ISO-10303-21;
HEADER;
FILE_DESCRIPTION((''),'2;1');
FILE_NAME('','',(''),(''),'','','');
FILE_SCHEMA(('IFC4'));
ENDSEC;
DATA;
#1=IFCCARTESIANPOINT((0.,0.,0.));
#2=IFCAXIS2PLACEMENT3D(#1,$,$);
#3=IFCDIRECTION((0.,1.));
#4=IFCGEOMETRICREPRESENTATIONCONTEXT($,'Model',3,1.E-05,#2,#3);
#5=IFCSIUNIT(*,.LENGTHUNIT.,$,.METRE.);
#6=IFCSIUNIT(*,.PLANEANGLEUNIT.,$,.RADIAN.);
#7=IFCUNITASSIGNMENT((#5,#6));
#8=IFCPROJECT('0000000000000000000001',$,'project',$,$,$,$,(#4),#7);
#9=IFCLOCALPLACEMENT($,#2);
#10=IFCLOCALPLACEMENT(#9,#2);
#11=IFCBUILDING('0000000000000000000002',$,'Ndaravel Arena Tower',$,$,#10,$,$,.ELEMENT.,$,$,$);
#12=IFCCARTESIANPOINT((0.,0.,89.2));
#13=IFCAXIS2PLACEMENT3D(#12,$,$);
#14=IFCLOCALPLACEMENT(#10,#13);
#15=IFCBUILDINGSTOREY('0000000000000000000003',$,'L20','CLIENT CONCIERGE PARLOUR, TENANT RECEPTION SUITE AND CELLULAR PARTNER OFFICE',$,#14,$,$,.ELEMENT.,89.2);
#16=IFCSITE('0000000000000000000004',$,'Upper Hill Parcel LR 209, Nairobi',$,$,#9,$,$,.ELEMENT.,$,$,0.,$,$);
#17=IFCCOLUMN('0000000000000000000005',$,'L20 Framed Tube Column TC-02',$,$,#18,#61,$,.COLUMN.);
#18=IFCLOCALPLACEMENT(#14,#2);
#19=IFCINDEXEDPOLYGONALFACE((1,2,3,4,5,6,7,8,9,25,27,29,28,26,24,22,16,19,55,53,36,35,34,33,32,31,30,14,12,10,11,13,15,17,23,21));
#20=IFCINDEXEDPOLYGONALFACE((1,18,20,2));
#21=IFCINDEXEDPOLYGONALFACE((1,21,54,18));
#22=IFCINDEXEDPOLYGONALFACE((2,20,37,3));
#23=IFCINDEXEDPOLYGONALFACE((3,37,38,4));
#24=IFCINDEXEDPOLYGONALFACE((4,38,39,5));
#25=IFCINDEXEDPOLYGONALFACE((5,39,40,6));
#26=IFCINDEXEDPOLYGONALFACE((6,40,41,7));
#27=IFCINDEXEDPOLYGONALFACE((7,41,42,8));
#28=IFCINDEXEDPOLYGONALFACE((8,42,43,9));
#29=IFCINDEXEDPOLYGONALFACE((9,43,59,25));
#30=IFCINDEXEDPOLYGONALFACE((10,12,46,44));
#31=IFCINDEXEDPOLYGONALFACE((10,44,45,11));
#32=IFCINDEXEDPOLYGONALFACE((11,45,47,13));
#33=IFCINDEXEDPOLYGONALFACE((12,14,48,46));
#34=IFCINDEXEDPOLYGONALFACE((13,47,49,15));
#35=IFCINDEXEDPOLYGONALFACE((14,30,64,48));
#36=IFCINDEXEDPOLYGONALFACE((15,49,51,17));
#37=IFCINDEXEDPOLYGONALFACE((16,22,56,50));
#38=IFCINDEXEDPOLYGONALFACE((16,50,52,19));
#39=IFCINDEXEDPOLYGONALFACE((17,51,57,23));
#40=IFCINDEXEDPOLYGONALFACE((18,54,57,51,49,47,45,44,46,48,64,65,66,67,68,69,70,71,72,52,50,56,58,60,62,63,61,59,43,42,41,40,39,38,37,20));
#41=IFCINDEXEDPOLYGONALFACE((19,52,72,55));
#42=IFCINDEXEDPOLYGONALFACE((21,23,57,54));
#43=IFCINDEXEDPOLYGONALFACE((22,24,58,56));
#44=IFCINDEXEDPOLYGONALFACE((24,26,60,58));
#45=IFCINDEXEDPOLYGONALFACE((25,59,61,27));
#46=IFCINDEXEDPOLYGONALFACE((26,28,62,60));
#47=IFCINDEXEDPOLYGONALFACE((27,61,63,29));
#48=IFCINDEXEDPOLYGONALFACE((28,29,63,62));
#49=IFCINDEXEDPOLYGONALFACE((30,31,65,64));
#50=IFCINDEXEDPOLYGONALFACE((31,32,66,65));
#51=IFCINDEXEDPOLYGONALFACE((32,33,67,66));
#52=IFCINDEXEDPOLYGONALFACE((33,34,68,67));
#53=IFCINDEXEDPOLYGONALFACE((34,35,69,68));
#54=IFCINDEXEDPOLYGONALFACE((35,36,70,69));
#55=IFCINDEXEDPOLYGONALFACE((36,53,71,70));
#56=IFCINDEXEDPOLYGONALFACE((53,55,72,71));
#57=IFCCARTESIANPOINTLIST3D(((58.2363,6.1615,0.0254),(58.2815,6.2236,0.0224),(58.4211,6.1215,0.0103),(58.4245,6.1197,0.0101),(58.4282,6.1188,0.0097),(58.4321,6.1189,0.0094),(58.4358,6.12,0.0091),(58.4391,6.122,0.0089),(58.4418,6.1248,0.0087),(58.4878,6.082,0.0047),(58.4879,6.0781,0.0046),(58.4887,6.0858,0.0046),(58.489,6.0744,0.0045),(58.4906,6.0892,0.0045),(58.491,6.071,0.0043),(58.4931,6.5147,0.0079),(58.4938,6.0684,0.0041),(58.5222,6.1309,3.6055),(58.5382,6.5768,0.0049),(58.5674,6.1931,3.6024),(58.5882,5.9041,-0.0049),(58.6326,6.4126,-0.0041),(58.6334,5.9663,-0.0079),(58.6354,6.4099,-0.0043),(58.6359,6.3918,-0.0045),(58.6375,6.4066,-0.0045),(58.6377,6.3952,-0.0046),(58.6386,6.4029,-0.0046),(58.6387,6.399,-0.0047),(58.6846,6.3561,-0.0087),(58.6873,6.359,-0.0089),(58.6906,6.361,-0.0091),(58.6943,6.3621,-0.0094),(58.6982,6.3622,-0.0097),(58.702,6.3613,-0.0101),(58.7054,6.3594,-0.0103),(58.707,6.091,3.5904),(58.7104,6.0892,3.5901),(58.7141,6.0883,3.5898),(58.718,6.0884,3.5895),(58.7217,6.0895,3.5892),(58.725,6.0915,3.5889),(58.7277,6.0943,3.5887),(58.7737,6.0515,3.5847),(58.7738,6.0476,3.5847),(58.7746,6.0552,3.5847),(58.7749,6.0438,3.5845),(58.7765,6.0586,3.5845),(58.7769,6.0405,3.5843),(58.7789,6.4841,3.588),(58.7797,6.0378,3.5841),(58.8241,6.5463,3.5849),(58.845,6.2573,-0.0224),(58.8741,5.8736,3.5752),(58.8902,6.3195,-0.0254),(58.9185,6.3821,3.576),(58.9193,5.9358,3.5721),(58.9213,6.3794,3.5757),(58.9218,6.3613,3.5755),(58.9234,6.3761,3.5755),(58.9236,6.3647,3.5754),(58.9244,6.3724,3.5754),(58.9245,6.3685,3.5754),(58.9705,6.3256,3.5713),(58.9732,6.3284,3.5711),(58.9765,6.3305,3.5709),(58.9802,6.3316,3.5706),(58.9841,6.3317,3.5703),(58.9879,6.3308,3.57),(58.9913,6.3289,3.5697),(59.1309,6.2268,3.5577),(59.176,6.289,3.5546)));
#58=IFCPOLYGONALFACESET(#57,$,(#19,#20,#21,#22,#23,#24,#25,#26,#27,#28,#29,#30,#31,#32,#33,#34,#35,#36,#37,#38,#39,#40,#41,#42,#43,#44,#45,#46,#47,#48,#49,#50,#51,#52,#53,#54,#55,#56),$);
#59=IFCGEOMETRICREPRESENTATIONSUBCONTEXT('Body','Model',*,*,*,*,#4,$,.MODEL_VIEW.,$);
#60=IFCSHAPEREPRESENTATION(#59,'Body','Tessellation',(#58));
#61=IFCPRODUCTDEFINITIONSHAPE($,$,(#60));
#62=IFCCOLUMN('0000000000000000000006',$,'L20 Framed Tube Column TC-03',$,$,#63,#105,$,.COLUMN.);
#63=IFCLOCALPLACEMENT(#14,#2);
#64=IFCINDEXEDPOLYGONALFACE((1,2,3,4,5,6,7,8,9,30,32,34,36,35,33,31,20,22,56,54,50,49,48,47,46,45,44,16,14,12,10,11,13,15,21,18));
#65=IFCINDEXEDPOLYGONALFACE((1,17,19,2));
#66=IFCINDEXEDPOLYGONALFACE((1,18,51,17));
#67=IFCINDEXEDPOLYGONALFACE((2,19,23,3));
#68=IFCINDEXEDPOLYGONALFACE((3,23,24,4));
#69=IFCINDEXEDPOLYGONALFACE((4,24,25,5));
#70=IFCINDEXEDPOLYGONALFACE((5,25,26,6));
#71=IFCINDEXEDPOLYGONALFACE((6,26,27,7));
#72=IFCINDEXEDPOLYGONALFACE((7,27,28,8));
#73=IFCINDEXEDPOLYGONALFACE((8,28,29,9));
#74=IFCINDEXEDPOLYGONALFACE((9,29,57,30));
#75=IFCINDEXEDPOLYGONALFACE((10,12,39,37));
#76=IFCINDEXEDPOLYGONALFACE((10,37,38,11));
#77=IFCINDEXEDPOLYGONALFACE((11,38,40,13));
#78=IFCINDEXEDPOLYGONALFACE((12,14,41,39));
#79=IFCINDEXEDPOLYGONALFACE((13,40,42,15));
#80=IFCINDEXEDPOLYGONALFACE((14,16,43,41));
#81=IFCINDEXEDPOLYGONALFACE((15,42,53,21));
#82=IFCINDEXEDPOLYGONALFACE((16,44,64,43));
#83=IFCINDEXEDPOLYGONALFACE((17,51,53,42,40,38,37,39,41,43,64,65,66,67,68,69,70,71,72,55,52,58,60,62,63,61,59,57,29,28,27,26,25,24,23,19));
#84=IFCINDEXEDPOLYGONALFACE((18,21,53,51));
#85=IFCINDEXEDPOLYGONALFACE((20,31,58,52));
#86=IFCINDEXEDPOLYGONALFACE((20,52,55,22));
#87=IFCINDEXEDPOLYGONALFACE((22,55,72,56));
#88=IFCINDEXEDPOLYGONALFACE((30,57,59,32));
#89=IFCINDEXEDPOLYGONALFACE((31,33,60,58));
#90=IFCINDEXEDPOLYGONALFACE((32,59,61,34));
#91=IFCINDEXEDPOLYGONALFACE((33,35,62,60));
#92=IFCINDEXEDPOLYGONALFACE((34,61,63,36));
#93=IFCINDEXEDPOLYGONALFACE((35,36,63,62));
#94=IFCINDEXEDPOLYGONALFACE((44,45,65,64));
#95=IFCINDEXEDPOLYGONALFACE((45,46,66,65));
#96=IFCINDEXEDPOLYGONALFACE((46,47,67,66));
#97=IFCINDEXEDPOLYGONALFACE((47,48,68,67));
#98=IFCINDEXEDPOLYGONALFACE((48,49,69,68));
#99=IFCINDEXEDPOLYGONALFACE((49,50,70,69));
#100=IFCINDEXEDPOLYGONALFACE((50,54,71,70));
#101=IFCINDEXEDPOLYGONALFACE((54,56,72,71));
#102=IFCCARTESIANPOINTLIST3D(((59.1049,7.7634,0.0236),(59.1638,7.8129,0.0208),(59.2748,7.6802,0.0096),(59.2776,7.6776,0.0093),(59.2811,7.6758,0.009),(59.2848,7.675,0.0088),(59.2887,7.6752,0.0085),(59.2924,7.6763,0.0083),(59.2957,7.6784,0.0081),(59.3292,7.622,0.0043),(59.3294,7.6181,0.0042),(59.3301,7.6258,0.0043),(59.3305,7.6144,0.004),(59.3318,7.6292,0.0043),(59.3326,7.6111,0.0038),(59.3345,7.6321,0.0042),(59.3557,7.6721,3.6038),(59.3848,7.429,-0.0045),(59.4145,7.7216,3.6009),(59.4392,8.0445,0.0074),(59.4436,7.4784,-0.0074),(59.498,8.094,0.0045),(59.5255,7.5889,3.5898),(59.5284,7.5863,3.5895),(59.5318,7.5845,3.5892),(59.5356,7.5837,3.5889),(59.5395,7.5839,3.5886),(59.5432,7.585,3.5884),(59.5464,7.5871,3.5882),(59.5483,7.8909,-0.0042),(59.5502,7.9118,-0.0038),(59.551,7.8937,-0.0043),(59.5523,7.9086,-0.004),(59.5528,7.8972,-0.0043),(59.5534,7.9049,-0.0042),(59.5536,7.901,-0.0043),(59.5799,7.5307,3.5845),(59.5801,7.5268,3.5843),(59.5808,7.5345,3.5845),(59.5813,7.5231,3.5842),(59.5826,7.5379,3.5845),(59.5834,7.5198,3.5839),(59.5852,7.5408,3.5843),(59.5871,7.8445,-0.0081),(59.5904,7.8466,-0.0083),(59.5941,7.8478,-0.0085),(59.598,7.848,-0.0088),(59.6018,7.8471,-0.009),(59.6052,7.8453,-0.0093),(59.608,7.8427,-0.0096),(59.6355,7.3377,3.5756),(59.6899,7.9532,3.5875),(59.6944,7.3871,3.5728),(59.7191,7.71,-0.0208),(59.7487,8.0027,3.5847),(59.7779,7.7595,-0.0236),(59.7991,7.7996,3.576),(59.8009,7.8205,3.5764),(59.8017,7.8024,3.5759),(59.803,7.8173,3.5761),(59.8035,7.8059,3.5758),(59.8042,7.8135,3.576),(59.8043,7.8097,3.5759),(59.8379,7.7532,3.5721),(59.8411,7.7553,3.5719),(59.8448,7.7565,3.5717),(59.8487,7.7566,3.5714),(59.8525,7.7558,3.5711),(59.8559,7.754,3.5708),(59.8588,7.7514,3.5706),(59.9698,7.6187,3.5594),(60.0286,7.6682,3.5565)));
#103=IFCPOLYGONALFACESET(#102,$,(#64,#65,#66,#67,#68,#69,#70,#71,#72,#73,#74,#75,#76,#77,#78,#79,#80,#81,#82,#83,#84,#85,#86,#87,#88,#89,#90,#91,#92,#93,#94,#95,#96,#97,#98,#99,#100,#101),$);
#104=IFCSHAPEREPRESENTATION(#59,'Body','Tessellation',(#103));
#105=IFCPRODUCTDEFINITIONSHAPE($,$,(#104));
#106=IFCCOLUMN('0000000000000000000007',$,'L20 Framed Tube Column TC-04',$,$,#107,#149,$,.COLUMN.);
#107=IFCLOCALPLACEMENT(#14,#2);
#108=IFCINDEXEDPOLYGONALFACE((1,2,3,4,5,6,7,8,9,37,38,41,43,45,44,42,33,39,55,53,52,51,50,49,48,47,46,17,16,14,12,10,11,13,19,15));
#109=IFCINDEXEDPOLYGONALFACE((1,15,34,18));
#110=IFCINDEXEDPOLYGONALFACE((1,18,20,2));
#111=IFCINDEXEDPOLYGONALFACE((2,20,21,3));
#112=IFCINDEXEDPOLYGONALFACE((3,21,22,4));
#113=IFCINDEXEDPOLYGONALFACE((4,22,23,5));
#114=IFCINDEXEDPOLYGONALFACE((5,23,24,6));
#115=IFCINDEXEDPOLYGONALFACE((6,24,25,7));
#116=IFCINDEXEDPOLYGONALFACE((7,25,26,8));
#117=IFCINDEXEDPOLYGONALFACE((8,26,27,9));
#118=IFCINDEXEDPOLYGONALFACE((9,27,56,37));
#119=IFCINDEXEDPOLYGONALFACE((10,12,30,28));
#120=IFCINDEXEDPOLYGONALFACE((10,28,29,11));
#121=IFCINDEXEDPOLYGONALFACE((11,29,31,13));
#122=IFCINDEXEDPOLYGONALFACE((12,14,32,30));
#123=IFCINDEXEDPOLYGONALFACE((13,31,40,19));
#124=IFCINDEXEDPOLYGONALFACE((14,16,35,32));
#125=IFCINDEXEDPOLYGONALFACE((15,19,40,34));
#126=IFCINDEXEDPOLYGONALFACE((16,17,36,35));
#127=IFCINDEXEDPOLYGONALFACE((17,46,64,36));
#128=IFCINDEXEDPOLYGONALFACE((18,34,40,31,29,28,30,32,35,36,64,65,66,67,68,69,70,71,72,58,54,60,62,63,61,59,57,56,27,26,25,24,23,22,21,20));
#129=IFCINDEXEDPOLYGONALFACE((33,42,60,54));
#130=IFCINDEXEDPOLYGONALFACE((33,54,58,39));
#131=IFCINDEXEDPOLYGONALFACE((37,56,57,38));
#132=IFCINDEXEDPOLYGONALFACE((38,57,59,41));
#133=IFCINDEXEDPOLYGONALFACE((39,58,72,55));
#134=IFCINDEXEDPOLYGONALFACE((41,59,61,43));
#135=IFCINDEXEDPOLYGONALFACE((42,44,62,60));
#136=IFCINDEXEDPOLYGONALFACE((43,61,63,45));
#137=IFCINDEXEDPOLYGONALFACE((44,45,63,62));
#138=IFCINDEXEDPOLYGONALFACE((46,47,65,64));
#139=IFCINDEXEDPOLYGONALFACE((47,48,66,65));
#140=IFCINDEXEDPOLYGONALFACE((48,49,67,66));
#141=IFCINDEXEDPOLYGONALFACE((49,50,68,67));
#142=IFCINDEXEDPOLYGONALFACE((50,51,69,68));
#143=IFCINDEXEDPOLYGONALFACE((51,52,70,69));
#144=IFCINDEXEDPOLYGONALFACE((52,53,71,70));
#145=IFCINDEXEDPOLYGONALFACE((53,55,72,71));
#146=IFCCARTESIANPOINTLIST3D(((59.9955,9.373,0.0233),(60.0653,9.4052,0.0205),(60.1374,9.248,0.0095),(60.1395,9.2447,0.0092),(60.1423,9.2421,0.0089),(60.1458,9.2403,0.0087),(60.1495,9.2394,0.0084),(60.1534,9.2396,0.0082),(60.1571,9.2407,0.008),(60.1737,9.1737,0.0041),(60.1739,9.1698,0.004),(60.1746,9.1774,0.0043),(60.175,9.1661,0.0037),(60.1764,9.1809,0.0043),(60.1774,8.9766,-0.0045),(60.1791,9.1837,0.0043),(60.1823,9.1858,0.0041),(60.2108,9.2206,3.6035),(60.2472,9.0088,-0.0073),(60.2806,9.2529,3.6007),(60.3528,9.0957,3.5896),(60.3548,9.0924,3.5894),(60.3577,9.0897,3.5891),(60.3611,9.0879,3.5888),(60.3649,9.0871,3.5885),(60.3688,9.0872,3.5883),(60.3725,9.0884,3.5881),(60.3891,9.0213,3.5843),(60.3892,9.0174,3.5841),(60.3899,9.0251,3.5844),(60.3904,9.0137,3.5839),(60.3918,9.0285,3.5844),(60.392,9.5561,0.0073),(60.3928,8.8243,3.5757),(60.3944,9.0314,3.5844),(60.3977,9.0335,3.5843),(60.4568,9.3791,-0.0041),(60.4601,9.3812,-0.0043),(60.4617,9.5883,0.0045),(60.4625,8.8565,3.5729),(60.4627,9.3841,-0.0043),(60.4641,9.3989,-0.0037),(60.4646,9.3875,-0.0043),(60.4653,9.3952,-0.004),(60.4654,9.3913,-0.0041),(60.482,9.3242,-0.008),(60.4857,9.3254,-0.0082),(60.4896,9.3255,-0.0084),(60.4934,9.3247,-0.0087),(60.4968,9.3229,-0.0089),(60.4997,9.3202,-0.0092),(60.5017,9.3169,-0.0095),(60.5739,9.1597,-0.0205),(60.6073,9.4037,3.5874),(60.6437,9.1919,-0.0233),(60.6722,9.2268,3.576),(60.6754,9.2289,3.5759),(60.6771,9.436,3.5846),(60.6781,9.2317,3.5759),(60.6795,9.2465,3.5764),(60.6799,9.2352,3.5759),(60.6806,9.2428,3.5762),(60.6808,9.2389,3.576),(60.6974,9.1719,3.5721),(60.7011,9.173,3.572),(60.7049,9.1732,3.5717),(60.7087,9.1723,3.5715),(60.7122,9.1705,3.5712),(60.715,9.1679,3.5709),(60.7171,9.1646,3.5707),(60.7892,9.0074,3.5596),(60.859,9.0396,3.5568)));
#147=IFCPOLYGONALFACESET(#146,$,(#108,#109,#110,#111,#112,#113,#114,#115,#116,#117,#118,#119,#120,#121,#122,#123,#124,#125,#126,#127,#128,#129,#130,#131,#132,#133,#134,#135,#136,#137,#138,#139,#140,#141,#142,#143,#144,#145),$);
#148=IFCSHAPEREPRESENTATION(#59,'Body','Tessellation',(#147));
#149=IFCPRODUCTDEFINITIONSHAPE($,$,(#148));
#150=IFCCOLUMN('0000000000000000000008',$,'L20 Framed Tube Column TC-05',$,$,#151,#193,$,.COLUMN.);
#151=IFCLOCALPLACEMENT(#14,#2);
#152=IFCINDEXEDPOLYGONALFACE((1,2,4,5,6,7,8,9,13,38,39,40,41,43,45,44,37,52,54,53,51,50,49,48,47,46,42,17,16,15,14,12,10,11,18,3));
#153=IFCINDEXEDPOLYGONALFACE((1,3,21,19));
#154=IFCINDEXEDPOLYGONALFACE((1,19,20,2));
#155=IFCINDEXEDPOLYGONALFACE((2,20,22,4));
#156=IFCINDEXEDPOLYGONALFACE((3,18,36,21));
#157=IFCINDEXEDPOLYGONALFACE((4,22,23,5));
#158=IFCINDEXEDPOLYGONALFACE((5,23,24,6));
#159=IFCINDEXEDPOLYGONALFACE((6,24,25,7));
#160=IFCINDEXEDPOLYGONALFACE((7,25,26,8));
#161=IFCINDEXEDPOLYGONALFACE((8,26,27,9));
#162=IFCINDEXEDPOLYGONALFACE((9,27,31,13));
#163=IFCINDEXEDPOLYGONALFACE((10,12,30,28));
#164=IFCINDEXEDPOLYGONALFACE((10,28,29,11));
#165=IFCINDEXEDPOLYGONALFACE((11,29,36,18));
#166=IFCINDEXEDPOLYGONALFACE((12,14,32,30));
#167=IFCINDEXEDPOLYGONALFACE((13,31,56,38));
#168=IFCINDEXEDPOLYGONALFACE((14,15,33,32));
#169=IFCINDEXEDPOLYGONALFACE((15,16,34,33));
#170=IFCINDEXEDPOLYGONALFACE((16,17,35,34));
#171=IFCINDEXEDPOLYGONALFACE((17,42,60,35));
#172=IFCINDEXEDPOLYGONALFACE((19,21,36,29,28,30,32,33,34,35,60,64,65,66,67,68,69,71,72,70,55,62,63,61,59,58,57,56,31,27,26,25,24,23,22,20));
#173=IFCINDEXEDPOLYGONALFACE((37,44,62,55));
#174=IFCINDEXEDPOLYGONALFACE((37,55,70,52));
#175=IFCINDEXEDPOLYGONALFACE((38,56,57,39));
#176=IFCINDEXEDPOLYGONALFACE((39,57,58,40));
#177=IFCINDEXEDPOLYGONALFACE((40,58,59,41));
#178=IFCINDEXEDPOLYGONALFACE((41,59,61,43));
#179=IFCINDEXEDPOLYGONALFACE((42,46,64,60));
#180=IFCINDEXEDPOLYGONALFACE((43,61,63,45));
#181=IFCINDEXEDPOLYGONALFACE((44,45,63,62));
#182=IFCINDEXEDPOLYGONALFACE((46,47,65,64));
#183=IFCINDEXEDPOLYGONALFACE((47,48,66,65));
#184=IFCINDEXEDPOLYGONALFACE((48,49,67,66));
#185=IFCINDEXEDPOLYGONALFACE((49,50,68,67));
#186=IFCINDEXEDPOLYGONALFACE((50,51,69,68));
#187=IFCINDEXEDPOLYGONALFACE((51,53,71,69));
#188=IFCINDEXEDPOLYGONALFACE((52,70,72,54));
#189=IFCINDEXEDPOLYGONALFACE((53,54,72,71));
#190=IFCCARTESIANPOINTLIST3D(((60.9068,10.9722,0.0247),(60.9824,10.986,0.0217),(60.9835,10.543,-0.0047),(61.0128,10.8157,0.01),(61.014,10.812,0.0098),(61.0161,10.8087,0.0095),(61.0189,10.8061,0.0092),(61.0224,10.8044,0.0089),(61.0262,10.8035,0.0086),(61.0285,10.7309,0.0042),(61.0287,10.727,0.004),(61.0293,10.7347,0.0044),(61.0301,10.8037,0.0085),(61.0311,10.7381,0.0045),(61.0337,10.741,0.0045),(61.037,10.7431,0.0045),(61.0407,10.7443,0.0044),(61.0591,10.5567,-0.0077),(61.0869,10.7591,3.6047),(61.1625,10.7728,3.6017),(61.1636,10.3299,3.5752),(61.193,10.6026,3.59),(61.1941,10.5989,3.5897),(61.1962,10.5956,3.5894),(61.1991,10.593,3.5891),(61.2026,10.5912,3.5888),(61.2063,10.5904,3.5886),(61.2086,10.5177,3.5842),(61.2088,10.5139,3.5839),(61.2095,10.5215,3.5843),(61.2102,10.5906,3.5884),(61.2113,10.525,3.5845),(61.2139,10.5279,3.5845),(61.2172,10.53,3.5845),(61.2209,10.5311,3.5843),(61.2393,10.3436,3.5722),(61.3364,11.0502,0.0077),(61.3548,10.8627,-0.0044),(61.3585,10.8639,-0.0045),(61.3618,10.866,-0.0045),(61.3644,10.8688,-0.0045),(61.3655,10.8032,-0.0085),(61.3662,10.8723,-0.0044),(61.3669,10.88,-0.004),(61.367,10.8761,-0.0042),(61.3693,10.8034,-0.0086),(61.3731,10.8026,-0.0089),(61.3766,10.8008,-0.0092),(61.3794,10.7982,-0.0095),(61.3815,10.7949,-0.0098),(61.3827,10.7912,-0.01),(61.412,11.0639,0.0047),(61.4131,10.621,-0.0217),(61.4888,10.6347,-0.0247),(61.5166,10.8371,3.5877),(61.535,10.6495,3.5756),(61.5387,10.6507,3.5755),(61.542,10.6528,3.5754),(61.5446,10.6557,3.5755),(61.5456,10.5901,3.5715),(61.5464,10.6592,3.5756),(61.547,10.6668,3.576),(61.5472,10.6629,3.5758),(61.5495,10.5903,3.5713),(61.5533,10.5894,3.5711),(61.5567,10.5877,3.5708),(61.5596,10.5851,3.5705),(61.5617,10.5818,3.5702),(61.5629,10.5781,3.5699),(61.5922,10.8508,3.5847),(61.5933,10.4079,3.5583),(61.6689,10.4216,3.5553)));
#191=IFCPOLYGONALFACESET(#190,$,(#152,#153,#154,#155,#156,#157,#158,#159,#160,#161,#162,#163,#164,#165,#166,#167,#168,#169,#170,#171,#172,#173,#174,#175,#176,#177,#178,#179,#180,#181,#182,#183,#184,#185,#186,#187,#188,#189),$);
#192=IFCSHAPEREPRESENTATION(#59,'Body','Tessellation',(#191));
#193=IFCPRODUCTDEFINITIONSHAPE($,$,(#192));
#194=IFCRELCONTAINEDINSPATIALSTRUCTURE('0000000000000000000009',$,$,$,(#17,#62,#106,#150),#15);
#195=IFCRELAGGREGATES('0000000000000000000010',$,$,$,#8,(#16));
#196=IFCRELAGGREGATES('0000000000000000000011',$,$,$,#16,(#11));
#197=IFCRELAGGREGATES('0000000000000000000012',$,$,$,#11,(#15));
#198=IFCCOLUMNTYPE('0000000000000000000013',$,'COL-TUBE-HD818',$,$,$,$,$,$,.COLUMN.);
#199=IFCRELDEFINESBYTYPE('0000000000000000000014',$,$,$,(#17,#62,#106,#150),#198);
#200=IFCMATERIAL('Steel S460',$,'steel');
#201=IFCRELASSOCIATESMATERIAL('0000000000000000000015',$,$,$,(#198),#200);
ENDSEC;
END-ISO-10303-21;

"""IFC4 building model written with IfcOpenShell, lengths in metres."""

from ifc_helpers import new_model, si_unit, direction, frame, origin, origin_2d, place, context, subcontext, project, spatial, i_section, extrude, material, material_profile, profile_set, type_object, element, save


model = new_model("IFC4")

# Units and contexts
model_context = context("Model", 3, precision=1e-05, world=origin(), true_north=direction((0.0, 1.0)))
body_context = subcontext(model_context, "Body", "Model", "MODEL_VIEW")
ifc_project = project(units=[si_unit("LENGTHUNIT", "METRE"), si_unit("PLANEANGLEUNIT", "RADIAN")], contexts=[model_context])

# Site, building, storey
site_placement = place(None, origin())
site = spatial("IfcSite", under=ifc_project, at=site_placement, Name="Upper Hill Parcel LR 209, Nairobi", CompositionType="ELEMENT", RefElevation=0.0)
building_placement = place(site_placement, origin())
building = spatial("IfcBuilding", under=site, at=building_placement, Name="Ndaravel Arena Tower", CompositionType="ELEMENT")
storey_placement = place(building_placement, frame((0.0, 0.0, 89.2)))
storey = spatial("IfcBuildingStorey", under=building, at=storey_placement, Name="L20", Description="CLIENT CONCIERGE PARLOUR, TENANT RECEPTION SUITE AND CELLULAR PARTNER OFFICE", CompositionType="ELEMENT", Elevation=89.2)

# Columns
ifc_material_1 = material(Name="Steel S460", Category="steel")
ifc_material_profile_1 = material_profile(ifc_material_1, i_section(OverallWidth=0.437, OverallDepth=0.5139, WebThickness=0.0605, FlangeThickness=0.0769, FilletRadius=0.0149, at=origin_2d()), Name="HD 400x818")
ifc_profile_set_1 = profile_set([ifc_material_profile_1], Name="Steel S460")
column_type = type_object("IfcColumnType", Name="COL-TUBE-HD818", PredefinedType="COLUMN", material=ifc_profile_set_1)
column_1_placement = place(storey_placement, frame((58.5632, 6.2405, 0.0), z_axis=(0.079599, -0.008497, 0.996791), x_axis=(-0.805298, 0.588803, 0.069327)))
element("IfcColumn", 1, at=column_1_placement, inside=storey, type_object=column_type, Name="L20 Framed Tube Column TC-02", PredefinedType="COLUMN", context=body_context, shape_type="SweptSolid", body=[
    extrude(i_section(OverallWidth=0.437, OverallDepth=0.5139, WebThickness=0.0605, FlangeThickness=0.0769, FilletRadius=0.0149, at=origin_2d()), origin(), (0.0, 0.0, 1.0), 3.5916),
])
column_2_placement = place(storey_placement, frame((59.4414, 7.7615, 0.0), z_axis=(0.069842, -0.025434, 0.997234), x_axis=(-0.640403, 0.765337, 0.064371)))
element("IfcColumn", 2, at=column_2_placement, inside=storey, type_object=column_type, Name="L20 Framed Tube Column TC-03", PredefinedType="COLUMN", context=body_context, shape_type="SweptSolid", body=[
    extrude(i_section(OverallWidth=0.437, OverallDepth=0.5139, WebThickness=0.0605, FlangeThickness=0.0769, FilletRadius=0.0149, at=origin_2d()), origin(), (0.0, 0.0, 1.0), 3.5901),
])
column_3_placement = place(storey_placement, frame((60.3196, 9.2825, 0.0), z_axis=(0.059985, -0.042438, 0.997297), x_axis=(-0.416293, 0.907001, 0.063635)))
element("IfcColumn", 3, at=column_3_placement, inside=storey, type_object=column_type, Name="L20 Framed Tube Column TC-04", PredefinedType="COLUMN", context=body_context, shape_type="SweptSolid", body=[
    extrude(i_section(OverallWidth=0.437, OverallDepth=0.5139, WebThickness=0.0605, FlangeThickness=0.0769, FilletRadius=0.0149, at=origin_2d()), origin(), (0.0, 0.0, 1.0), 3.5898),
])
column_4_placement = place(storey_placement, frame((61.1978, 10.8035, 0.0), z_axis=(0.050175, -0.059353, 0.996975), x_axis=(-0.175563, 0.982165, 0.067307)))
element("IfcColumn", 4, at=column_4_placement, inside=storey, type_object=column_type, Name="L20 Framed Tube Column TC-05", PredefinedType="COLUMN", context=body_context, shape_type="SweptSolid", body=[
    extrude(i_section(OverallWidth=0.437, OverallDepth=0.5139, WebThickness=0.0605, FlangeThickness=0.0769, FilletRadius=0.0149, at=origin_2d()), origin(), (0.0, 0.0, 1.0), 3.5908),
])

save(model, "model.ifc")
